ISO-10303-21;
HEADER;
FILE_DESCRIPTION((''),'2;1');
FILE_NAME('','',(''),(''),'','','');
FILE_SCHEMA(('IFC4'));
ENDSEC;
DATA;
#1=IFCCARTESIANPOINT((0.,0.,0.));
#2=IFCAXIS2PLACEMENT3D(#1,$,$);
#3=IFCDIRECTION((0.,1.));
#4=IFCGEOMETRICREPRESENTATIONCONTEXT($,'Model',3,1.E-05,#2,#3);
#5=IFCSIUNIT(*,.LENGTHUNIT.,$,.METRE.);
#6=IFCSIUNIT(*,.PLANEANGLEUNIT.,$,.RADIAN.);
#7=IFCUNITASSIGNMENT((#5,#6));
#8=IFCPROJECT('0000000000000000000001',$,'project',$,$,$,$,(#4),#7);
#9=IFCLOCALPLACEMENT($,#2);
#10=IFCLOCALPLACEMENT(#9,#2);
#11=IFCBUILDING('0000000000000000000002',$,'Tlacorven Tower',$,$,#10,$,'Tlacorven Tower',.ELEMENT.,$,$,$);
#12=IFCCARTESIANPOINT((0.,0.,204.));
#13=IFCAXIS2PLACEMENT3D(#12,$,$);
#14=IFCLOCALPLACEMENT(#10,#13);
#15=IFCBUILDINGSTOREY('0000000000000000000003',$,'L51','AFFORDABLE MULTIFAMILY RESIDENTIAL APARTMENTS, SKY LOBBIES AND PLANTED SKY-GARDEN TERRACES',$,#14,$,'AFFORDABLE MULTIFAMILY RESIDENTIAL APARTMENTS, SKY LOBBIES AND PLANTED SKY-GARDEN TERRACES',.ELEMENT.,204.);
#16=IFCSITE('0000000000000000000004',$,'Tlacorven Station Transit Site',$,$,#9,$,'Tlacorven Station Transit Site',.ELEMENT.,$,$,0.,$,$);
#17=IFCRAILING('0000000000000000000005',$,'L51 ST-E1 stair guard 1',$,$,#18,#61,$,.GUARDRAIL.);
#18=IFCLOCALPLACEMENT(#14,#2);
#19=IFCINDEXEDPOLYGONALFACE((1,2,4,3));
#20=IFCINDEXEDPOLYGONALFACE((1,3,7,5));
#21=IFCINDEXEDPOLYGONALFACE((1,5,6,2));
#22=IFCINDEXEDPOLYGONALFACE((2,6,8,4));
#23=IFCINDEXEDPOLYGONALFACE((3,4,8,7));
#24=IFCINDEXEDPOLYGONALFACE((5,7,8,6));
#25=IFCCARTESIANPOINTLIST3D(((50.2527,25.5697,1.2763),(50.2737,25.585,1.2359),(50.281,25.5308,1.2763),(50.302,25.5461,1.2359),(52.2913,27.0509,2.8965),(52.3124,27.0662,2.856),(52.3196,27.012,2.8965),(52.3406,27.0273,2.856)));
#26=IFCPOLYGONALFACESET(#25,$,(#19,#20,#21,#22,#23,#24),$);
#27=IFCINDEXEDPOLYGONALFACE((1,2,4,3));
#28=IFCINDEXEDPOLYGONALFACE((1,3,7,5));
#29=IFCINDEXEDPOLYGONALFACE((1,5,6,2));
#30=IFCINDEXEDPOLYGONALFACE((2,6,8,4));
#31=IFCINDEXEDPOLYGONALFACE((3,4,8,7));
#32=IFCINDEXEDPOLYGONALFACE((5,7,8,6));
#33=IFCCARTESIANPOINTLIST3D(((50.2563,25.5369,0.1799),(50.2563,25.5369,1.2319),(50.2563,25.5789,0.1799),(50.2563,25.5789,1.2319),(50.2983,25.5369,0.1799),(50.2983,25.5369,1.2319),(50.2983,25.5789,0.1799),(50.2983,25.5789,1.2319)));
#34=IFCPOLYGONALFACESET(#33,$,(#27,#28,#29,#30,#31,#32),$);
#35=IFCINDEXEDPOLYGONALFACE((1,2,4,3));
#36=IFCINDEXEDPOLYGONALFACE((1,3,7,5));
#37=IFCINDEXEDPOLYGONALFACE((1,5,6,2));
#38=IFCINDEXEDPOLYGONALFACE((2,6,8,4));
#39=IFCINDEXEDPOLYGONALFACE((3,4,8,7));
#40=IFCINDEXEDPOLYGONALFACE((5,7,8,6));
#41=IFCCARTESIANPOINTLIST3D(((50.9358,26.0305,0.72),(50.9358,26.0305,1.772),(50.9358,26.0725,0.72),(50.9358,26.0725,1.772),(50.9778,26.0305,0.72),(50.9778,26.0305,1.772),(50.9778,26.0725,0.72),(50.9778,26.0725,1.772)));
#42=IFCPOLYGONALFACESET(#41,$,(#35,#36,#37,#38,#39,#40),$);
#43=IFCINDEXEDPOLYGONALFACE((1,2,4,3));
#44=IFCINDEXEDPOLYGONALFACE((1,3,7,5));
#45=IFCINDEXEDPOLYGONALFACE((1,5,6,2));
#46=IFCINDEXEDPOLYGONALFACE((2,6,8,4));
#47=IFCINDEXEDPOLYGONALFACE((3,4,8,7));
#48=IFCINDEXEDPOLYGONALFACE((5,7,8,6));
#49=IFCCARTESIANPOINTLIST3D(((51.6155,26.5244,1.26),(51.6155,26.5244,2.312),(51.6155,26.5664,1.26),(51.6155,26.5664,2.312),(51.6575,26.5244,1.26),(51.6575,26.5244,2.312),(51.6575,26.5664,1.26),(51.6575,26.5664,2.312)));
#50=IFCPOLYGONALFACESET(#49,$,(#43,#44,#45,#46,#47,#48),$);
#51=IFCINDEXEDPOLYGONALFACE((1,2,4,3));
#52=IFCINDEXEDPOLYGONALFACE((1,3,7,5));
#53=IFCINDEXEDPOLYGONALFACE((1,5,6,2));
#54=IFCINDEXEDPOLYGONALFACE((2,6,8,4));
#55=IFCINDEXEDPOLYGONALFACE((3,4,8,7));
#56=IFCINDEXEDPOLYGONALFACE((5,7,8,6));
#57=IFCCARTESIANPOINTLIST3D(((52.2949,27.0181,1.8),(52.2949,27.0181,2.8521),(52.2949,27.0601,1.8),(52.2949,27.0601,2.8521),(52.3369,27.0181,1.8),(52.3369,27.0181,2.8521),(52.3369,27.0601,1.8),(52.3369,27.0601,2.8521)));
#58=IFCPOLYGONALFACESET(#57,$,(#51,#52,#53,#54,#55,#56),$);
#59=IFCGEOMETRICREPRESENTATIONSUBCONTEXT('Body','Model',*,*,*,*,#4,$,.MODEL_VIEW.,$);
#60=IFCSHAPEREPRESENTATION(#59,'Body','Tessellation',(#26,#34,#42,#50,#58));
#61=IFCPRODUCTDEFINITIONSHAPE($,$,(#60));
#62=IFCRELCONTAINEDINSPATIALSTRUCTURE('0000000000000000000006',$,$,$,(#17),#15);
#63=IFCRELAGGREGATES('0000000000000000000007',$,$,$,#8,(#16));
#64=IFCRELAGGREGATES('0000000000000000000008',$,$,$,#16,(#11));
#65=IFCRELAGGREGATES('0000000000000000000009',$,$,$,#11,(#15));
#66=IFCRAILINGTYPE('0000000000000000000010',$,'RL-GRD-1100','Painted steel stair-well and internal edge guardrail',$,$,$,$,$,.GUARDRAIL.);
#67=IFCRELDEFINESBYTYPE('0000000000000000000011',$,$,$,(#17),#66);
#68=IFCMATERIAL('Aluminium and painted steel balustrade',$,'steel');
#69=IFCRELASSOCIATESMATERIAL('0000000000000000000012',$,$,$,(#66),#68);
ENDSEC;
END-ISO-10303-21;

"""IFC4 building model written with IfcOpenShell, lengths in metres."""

from ifc_helpers import new_model, si_unit, direction, frame, origin, origin_2d, place, context, subcontext, project, spatial, rectangle, extrude, source, transform, mapped, material, type_object, element, save


model = new_model("IFC4")

# Units and contexts
model_context = context("Model", 3, precision=1e-05, world=origin(), true_north=direction((0.0, 1.0)))
body_context = subcontext(model_context, "Body", "Model", "MODEL_VIEW")
ifc_project = project(units=[si_unit("LENGTHUNIT", "METRE"), si_unit("PLANEANGLEUNIT", "RADIAN")], contexts=[model_context])

# Site, building, storey
site_placement = place(None, origin())
site = spatial("IfcSite", under=ifc_project, at=site_placement, Name="Tlacorven Station Transit Site", LongName="Tlacorven Station Transit Site", CompositionType="ELEMENT", RefElevation=0.0)
building_placement = place(site_placement, origin())
building = spatial("IfcBuilding", under=site, at=building_placement, Name="Tlacorven Tower", LongName="Tlacorven Tower", CompositionType="ELEMENT")
storey_placement = place(building_placement, frame((0.0, 0.0, 204.0)))
storey = spatial("IfcBuildingStorey", under=building, at=storey_placement, Name="L51", Description="AFFORDABLE MULTIFAMILY RESIDENTIAL APARTMENTS, SKY LOBBIES AND PLANTED SKY-GARDEN TERRACES", LongName="AFFORDABLE MULTIFAMILY RESIDENTIAL APARTMENTS, SKY LOBBIES AND PLANTED SKY-GARDEN TERRACES", CompositionType="ELEMENT", Elevation=204.0)

# Railing
ifc_material_1 = material(Name="Aluminium and painted steel balustrade", Category="steel")
railing_type_1 = type_object("IfcRailingType", Name="RL-GRD-1100", Description="Painted steel stair-well and internal edge guardrail", PredefinedType="GUARDRAIL", material=ifc_material_1)
shared_shape_1 = source(origin(), body_context, "Body", "SweptSolid", [
    extrude(rectangle(XDim=0.0481, YDim=0.0481, at=origin_2d()), frame((0.0, 0.0, 1.0762), z_axis=(0.680489, 0.494434, 0.540805), x_axis=(-0.587809, 0.809, 0.0)), (0.0, 0.0, 1.0), 2.9958),
    extrude(rectangle(XDim=0.042, YDim=0.042, at=origin_2d()), origin(), (0.0, 0.0, 1.0), 1.052),
    extrude(rectangle(XDim=0.042, YDim=0.042, at=origin_2d()), frame((0.6794, 0.4937, 0.54)), (0.0, 0.0, 1.0), 1.052),
    extrude(rectangle(XDim=0.042, YDim=0.042, at=origin_2d()), frame((1.3591, 0.9875, 1.0801)), (0.0, 0.0, 1.0), 1.052),
    extrude(rectangle(XDim=0.042, YDim=0.042, at=origin_2d()), frame((2.0386, 1.4812, 1.6201)), (0.0, 0.0, 1.0), 1.052),
])
railing_1_placement = place(storey_placement, frame((50.2773, 25.5579, 0.1799)))
element("IfcRailing", 1, at=railing_1_placement, inside=storey, type_object=railing_type_1, Name="L51 ST-E1 stair guard 1", PredefinedType="GUARDRAIL", context=body_context, shape_type="MappedRepresentation", body=[
    mapped(shared_shape_1, transform((0.0, 0.0, 0.0), scale=1.0)),
])

save(model, "model.ifc")
